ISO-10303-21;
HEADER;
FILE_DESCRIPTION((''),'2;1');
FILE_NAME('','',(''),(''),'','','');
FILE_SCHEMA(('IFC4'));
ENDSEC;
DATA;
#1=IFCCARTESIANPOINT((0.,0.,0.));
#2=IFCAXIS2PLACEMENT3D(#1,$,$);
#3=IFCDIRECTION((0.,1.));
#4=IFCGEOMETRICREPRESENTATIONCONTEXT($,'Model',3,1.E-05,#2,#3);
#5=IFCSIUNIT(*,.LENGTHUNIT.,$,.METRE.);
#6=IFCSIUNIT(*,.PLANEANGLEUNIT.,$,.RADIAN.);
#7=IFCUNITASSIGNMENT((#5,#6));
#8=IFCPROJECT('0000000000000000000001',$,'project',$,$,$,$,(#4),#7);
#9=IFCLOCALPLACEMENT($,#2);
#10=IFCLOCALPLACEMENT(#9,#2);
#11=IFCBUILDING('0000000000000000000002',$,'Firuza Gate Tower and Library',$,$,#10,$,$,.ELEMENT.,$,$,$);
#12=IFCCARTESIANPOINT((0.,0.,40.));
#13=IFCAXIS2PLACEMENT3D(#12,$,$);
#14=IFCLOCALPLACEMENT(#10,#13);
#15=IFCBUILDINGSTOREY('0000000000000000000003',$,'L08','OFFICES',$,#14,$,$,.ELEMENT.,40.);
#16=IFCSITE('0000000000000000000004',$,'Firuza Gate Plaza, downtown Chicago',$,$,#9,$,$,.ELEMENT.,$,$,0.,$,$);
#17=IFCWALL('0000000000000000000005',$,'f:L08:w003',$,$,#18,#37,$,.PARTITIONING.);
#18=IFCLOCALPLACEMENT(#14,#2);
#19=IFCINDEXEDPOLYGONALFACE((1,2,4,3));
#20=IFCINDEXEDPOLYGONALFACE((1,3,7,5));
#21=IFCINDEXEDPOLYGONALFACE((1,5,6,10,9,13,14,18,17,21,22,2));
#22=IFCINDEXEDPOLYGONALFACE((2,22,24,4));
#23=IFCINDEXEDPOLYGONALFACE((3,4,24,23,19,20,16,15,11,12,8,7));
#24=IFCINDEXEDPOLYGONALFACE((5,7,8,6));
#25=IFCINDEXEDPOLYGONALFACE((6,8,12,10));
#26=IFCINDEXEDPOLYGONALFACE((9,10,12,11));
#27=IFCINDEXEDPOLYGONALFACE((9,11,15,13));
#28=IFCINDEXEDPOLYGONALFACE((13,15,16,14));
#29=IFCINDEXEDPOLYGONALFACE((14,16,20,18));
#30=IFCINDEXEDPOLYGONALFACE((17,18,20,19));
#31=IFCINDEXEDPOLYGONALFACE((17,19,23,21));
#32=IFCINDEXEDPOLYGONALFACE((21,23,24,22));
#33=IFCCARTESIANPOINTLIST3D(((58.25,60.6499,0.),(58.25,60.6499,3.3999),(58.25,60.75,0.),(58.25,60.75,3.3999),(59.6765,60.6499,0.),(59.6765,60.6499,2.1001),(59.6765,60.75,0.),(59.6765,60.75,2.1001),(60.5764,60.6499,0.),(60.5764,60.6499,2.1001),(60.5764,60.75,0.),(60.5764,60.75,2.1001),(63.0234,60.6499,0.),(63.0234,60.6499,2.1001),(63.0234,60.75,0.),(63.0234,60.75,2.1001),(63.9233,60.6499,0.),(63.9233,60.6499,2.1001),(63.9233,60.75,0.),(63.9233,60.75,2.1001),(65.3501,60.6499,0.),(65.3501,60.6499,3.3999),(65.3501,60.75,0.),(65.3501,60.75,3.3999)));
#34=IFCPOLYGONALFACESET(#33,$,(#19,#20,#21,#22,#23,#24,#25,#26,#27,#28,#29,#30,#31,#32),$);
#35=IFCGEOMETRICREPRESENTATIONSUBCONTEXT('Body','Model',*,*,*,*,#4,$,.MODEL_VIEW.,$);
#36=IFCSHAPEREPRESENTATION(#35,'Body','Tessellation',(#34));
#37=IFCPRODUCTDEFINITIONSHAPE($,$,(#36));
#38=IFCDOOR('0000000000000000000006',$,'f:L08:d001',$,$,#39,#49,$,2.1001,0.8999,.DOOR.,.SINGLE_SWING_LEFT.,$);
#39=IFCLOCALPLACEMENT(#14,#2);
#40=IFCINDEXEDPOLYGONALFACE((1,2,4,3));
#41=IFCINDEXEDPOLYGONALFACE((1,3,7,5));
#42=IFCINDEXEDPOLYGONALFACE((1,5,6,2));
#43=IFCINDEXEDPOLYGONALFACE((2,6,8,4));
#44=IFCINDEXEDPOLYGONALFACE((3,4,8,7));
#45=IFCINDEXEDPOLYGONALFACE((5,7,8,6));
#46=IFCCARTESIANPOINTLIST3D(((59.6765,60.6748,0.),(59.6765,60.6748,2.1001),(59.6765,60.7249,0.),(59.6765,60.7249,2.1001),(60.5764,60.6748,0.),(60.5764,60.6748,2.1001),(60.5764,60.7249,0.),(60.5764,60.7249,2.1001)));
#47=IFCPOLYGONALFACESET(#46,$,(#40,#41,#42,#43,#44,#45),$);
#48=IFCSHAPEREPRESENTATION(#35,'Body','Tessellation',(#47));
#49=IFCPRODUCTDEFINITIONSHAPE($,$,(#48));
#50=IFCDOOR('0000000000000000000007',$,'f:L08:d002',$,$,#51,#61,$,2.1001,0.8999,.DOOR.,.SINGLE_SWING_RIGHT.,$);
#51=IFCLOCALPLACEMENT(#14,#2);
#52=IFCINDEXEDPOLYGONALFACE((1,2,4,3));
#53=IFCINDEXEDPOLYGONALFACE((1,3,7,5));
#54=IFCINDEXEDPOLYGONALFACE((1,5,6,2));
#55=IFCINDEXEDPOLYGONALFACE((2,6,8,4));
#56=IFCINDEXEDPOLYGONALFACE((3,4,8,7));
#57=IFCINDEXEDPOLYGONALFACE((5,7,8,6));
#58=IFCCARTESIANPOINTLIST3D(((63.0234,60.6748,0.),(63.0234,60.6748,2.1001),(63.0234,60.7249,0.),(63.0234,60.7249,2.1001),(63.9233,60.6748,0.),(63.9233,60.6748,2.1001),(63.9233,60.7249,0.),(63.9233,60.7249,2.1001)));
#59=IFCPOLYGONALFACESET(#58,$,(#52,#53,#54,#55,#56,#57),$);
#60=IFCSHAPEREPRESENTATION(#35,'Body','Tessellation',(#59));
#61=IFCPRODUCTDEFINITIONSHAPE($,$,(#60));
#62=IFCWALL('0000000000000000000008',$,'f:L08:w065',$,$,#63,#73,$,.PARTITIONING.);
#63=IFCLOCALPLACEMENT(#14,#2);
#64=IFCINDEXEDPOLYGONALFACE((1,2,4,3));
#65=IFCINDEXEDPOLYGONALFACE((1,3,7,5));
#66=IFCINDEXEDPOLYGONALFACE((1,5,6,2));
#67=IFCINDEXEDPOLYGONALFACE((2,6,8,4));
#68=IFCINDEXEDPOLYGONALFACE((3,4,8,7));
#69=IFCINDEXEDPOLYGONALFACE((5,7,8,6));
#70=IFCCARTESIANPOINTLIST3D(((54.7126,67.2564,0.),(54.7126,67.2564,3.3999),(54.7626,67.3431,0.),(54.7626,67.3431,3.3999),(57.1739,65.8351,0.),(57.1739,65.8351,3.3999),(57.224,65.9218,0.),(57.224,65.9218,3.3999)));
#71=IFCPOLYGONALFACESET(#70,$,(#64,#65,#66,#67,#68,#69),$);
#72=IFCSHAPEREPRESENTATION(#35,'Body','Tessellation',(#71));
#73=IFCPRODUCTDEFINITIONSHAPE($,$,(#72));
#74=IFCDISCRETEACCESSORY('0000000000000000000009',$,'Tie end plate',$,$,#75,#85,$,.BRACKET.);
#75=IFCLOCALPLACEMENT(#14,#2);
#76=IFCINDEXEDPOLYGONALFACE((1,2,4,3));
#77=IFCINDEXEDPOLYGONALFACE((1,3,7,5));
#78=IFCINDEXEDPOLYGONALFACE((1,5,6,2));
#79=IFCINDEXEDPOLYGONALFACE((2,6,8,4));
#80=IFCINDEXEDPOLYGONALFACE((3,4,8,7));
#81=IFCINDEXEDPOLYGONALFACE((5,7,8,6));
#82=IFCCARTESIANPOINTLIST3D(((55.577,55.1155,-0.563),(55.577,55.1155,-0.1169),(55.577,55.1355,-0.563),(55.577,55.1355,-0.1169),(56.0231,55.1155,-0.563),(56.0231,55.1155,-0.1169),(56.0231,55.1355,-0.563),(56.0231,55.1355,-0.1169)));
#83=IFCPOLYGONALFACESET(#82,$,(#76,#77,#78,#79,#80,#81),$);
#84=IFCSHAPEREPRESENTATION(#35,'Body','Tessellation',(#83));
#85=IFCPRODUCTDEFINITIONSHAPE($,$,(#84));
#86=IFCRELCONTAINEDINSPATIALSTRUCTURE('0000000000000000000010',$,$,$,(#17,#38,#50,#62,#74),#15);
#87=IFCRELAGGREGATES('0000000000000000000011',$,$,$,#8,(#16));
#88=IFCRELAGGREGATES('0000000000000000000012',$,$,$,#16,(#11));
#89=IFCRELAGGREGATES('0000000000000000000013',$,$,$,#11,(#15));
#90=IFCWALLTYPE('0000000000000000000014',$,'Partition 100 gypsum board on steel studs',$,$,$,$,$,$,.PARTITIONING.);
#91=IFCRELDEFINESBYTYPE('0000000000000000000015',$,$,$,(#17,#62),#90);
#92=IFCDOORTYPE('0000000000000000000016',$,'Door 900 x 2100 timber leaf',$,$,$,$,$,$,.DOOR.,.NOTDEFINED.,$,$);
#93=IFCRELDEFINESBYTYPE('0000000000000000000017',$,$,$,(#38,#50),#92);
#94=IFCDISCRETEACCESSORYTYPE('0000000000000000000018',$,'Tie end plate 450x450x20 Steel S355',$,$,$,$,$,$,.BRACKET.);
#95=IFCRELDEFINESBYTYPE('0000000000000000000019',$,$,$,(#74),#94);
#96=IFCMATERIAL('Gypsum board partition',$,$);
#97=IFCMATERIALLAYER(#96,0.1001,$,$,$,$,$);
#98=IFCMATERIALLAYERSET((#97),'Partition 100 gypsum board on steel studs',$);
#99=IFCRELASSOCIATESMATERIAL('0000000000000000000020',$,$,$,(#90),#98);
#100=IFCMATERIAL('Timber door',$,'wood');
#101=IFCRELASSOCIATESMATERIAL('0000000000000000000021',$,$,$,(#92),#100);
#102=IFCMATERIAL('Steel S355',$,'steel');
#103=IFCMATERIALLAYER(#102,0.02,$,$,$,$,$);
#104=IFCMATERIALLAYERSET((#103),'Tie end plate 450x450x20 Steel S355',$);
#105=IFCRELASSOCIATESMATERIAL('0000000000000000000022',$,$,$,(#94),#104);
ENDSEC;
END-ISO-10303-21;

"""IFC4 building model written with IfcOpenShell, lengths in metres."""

from ifc_helpers import new_model, si_unit, direction, frame, frame_2d, origin, origin_2d, place, context, subcontext, project, spatial, rectangle, extrude, material, layer, layer_set, type_object, element, fill, save


model = new_model("IFC4")

# Units and contexts
model_context = context("Model", 3, precision=1e-05, world=origin(), true_north=direction((0.0, 1.0)))
body_context = subcontext(model_context, "Body", "Model", "MODEL_VIEW")
ifc_project = project(units=[si_unit("LENGTHUNIT", "METRE"), si_unit("PLANEANGLEUNIT", "RADIAN")], contexts=[model_context])

# Site, building, storey
site_placement = place(None, origin())
site = spatial("IfcSite", under=ifc_project, at=site_placement, Name="Firuza Gate Plaza, downtown Chicago", CompositionType="ELEMENT", RefElevation=0.0)
building_placement = place(site_placement, origin())
building = spatial("IfcBuilding", under=site, at=building_placement, Name="Firuza Gate Tower and Library", CompositionType="ELEMENT")
storey_placement = place(building_placement, frame((0.0, 0.0, 40.0)))
storey = spatial("IfcBuildingStorey", under=building, at=storey_placement, Name="L08", Description="OFFICES", CompositionType="ELEMENT", Elevation=40.0)

# Shared definitions
ifc_material_1 = material(Name="Gypsum board partition")
ifc_layer_1 = layer(ifc_material_1, 0.1001)
ifc_layer_set_1 = layer_set([ifc_layer_1], Name="Partition 100 gypsum board on steel studs")
wall_type_1 = type_object("IfcWallType", Name="Partition 100 gypsum board on steel studs", PredefinedType="PARTITIONING", material=ifc_layer_set_1)

# Wall, openings, doors
wall_1_placement = place(storey_placement, frame((58.25, 60.7, 0.0), z_axis=(0.0, 0.0, 1.0), x_axis=(1.0, 0.0, 0.0)))
wall_1 = element("IfcWall", 1, at=wall_1_placement, inside=storey, type_object=wall_type_1, Name="f:L08:w003", PredefinedType="PARTITIONING", context=body_context, shape_type="SweptSolid", body=[
    extrude(rectangle(XDim=7.1001, YDim=0.1001, at=frame_2d((3.55, 0.0))), origin(), (0.0, 0.0, 1.0), 3.3999),
])
opening_1_placement = place(wall_1_placement, frame((1.4265, 0.0, 0.0)))
opening_1 = element("IfcOpeningElement", 2, at=opening_1_placement, cuts=wall_1, PredefinedType="OPENING", context=body_context, shape_type="SweptSolid", body=[
    extrude(rectangle(XDim=0.8999, YDim=2.1001, at=frame_2d((0.45, 1.05))), frame((0.0, 0.0601, 0.0), z_axis=(0.0, -1.0, 0.0), x_axis=(1.0, 0.0, 0.0)), (0.0, 0.0, 1.0), 0.1201),
])
opening_2_placement = place(wall_1_placement, frame((4.7734, 0.0, 0.0)))
opening_2 = element("IfcOpeningElement", 3, at=opening_2_placement, cuts=wall_1, PredefinedType="OPENING", context=body_context, shape_type="SweptSolid", body=[
    extrude(rectangle(XDim=0.8999, YDim=2.1001, at=frame_2d((0.45, 1.05))), frame((0.0, 0.0601, 0.0), z_axis=(0.0, -1.0, 0.0), x_axis=(1.0, 0.0, 0.0)), (0.0, 0.0, 1.0), 0.1201),
])
ifc_material_2 = material(Name="Timber door", Category="wood")
door_type_1 = type_object("IfcDoorType", Name="Door 900 x 2100 timber leaf", OperationType="NOTDEFINED", PredefinedType="DOOR", material=ifc_material_2)
door_1_placement = place(opening_1_placement, origin())
door_1 = element("IfcDoor", 4, at=door_1_placement, inside=storey, type_object=door_type_1, Name="f:L08:d001", OperationType="SINGLE_SWING_LEFT", OverallHeight=2.1001, OverallWidth=0.8999, PredefinedType="DOOR", context=body_context, shape_type="SweptSolid", body=[
    extrude(rectangle(XDim=0.8999, YDim=2.1001, at=frame_2d((0.45, 1.05))), frame((0.0, 0.0249, 0.0), z_axis=(0.0, -1.0, 0.0), x_axis=(1.0, 0.0, 0.0)), (0.0, 0.0, 1.0), 0.05),
])
fill(opening_1, door_1)
door_2_placement = place(opening_2_placement, origin())
door_2 = element("IfcDoor", 5, at=door_2_placement, inside=storey, type_object=door_type_1, Name="f:L08:d002", OperationType="SINGLE_SWING_RIGHT", OverallHeight=2.1001, OverallWidth=0.8999, PredefinedType="DOOR", context=body_context, shape_type="SweptSolid", body=[
    extrude(rectangle(XDim=0.8999, YDim=2.1001, at=frame_2d((0.45, 1.05))), frame((0.0, 0.0249, 0.0), z_axis=(0.0, -1.0, 0.0), x_axis=(1.0, 0.0, 0.0)), (0.0, 0.0, 1.0), 0.05),
])
fill(opening_2, door_2)

# Wall
wall_2_placement = place(storey_placement, frame((57.199, 65.8784, 0.0), z_axis=(0.0, 0.0, 1.0), x_axis=(-0.865982, 0.500074, 0.0)))
element("IfcWall", 6, at=wall_2_placement, inside=storey, type_object=wall_type_1, Name="f:L08:w065", PredefinedType="PARTITIONING", context=body_context, shape_type="SweptSolid", body=[
    extrude(rectangle(XDim=2.8423, YDim=0.1001, at=frame_2d((1.4211, 0.0))), origin(), (0.0, 0.0, 1.0), 3.3999),
])

# Discrete accessory
ifc_material_3 = material(Name="Steel S355", Category="steel")
ifc_layer_2 = layer(ifc_material_3, 0.02)
ifc_layer_set_2 = layer_set([ifc_layer_2], Name="Tie end plate 450x450x20 Steel S355")
discrete_accessory_type = type_object("IfcDiscreteAccessoryType", Name="Tie end plate 450x450x20 Steel S355", PredefinedType="BRACKET", material=ifc_layer_set_2)
discrete_accessory_placement = place(storey_placement, frame((55.8, 55.1255, -0.563), z_axis=(0.0, 0.0, 1.0), x_axis=(0.0, 1.0, 0.0)))
element("IfcDiscreteAccessory", 7, at=discrete_accessory_placement, inside=storey, type_object=discrete_accessory_type, Name="Tie end plate", PredefinedType="BRACKET", context=body_context, shape_type="SweptSolid", body=[
    extrude(rectangle(XDim=0.02, YDim=0.446, at=origin_2d()), origin(), (0.0, 0.0, 1.0), 0.446),
])

save(model, "model.ifc")
